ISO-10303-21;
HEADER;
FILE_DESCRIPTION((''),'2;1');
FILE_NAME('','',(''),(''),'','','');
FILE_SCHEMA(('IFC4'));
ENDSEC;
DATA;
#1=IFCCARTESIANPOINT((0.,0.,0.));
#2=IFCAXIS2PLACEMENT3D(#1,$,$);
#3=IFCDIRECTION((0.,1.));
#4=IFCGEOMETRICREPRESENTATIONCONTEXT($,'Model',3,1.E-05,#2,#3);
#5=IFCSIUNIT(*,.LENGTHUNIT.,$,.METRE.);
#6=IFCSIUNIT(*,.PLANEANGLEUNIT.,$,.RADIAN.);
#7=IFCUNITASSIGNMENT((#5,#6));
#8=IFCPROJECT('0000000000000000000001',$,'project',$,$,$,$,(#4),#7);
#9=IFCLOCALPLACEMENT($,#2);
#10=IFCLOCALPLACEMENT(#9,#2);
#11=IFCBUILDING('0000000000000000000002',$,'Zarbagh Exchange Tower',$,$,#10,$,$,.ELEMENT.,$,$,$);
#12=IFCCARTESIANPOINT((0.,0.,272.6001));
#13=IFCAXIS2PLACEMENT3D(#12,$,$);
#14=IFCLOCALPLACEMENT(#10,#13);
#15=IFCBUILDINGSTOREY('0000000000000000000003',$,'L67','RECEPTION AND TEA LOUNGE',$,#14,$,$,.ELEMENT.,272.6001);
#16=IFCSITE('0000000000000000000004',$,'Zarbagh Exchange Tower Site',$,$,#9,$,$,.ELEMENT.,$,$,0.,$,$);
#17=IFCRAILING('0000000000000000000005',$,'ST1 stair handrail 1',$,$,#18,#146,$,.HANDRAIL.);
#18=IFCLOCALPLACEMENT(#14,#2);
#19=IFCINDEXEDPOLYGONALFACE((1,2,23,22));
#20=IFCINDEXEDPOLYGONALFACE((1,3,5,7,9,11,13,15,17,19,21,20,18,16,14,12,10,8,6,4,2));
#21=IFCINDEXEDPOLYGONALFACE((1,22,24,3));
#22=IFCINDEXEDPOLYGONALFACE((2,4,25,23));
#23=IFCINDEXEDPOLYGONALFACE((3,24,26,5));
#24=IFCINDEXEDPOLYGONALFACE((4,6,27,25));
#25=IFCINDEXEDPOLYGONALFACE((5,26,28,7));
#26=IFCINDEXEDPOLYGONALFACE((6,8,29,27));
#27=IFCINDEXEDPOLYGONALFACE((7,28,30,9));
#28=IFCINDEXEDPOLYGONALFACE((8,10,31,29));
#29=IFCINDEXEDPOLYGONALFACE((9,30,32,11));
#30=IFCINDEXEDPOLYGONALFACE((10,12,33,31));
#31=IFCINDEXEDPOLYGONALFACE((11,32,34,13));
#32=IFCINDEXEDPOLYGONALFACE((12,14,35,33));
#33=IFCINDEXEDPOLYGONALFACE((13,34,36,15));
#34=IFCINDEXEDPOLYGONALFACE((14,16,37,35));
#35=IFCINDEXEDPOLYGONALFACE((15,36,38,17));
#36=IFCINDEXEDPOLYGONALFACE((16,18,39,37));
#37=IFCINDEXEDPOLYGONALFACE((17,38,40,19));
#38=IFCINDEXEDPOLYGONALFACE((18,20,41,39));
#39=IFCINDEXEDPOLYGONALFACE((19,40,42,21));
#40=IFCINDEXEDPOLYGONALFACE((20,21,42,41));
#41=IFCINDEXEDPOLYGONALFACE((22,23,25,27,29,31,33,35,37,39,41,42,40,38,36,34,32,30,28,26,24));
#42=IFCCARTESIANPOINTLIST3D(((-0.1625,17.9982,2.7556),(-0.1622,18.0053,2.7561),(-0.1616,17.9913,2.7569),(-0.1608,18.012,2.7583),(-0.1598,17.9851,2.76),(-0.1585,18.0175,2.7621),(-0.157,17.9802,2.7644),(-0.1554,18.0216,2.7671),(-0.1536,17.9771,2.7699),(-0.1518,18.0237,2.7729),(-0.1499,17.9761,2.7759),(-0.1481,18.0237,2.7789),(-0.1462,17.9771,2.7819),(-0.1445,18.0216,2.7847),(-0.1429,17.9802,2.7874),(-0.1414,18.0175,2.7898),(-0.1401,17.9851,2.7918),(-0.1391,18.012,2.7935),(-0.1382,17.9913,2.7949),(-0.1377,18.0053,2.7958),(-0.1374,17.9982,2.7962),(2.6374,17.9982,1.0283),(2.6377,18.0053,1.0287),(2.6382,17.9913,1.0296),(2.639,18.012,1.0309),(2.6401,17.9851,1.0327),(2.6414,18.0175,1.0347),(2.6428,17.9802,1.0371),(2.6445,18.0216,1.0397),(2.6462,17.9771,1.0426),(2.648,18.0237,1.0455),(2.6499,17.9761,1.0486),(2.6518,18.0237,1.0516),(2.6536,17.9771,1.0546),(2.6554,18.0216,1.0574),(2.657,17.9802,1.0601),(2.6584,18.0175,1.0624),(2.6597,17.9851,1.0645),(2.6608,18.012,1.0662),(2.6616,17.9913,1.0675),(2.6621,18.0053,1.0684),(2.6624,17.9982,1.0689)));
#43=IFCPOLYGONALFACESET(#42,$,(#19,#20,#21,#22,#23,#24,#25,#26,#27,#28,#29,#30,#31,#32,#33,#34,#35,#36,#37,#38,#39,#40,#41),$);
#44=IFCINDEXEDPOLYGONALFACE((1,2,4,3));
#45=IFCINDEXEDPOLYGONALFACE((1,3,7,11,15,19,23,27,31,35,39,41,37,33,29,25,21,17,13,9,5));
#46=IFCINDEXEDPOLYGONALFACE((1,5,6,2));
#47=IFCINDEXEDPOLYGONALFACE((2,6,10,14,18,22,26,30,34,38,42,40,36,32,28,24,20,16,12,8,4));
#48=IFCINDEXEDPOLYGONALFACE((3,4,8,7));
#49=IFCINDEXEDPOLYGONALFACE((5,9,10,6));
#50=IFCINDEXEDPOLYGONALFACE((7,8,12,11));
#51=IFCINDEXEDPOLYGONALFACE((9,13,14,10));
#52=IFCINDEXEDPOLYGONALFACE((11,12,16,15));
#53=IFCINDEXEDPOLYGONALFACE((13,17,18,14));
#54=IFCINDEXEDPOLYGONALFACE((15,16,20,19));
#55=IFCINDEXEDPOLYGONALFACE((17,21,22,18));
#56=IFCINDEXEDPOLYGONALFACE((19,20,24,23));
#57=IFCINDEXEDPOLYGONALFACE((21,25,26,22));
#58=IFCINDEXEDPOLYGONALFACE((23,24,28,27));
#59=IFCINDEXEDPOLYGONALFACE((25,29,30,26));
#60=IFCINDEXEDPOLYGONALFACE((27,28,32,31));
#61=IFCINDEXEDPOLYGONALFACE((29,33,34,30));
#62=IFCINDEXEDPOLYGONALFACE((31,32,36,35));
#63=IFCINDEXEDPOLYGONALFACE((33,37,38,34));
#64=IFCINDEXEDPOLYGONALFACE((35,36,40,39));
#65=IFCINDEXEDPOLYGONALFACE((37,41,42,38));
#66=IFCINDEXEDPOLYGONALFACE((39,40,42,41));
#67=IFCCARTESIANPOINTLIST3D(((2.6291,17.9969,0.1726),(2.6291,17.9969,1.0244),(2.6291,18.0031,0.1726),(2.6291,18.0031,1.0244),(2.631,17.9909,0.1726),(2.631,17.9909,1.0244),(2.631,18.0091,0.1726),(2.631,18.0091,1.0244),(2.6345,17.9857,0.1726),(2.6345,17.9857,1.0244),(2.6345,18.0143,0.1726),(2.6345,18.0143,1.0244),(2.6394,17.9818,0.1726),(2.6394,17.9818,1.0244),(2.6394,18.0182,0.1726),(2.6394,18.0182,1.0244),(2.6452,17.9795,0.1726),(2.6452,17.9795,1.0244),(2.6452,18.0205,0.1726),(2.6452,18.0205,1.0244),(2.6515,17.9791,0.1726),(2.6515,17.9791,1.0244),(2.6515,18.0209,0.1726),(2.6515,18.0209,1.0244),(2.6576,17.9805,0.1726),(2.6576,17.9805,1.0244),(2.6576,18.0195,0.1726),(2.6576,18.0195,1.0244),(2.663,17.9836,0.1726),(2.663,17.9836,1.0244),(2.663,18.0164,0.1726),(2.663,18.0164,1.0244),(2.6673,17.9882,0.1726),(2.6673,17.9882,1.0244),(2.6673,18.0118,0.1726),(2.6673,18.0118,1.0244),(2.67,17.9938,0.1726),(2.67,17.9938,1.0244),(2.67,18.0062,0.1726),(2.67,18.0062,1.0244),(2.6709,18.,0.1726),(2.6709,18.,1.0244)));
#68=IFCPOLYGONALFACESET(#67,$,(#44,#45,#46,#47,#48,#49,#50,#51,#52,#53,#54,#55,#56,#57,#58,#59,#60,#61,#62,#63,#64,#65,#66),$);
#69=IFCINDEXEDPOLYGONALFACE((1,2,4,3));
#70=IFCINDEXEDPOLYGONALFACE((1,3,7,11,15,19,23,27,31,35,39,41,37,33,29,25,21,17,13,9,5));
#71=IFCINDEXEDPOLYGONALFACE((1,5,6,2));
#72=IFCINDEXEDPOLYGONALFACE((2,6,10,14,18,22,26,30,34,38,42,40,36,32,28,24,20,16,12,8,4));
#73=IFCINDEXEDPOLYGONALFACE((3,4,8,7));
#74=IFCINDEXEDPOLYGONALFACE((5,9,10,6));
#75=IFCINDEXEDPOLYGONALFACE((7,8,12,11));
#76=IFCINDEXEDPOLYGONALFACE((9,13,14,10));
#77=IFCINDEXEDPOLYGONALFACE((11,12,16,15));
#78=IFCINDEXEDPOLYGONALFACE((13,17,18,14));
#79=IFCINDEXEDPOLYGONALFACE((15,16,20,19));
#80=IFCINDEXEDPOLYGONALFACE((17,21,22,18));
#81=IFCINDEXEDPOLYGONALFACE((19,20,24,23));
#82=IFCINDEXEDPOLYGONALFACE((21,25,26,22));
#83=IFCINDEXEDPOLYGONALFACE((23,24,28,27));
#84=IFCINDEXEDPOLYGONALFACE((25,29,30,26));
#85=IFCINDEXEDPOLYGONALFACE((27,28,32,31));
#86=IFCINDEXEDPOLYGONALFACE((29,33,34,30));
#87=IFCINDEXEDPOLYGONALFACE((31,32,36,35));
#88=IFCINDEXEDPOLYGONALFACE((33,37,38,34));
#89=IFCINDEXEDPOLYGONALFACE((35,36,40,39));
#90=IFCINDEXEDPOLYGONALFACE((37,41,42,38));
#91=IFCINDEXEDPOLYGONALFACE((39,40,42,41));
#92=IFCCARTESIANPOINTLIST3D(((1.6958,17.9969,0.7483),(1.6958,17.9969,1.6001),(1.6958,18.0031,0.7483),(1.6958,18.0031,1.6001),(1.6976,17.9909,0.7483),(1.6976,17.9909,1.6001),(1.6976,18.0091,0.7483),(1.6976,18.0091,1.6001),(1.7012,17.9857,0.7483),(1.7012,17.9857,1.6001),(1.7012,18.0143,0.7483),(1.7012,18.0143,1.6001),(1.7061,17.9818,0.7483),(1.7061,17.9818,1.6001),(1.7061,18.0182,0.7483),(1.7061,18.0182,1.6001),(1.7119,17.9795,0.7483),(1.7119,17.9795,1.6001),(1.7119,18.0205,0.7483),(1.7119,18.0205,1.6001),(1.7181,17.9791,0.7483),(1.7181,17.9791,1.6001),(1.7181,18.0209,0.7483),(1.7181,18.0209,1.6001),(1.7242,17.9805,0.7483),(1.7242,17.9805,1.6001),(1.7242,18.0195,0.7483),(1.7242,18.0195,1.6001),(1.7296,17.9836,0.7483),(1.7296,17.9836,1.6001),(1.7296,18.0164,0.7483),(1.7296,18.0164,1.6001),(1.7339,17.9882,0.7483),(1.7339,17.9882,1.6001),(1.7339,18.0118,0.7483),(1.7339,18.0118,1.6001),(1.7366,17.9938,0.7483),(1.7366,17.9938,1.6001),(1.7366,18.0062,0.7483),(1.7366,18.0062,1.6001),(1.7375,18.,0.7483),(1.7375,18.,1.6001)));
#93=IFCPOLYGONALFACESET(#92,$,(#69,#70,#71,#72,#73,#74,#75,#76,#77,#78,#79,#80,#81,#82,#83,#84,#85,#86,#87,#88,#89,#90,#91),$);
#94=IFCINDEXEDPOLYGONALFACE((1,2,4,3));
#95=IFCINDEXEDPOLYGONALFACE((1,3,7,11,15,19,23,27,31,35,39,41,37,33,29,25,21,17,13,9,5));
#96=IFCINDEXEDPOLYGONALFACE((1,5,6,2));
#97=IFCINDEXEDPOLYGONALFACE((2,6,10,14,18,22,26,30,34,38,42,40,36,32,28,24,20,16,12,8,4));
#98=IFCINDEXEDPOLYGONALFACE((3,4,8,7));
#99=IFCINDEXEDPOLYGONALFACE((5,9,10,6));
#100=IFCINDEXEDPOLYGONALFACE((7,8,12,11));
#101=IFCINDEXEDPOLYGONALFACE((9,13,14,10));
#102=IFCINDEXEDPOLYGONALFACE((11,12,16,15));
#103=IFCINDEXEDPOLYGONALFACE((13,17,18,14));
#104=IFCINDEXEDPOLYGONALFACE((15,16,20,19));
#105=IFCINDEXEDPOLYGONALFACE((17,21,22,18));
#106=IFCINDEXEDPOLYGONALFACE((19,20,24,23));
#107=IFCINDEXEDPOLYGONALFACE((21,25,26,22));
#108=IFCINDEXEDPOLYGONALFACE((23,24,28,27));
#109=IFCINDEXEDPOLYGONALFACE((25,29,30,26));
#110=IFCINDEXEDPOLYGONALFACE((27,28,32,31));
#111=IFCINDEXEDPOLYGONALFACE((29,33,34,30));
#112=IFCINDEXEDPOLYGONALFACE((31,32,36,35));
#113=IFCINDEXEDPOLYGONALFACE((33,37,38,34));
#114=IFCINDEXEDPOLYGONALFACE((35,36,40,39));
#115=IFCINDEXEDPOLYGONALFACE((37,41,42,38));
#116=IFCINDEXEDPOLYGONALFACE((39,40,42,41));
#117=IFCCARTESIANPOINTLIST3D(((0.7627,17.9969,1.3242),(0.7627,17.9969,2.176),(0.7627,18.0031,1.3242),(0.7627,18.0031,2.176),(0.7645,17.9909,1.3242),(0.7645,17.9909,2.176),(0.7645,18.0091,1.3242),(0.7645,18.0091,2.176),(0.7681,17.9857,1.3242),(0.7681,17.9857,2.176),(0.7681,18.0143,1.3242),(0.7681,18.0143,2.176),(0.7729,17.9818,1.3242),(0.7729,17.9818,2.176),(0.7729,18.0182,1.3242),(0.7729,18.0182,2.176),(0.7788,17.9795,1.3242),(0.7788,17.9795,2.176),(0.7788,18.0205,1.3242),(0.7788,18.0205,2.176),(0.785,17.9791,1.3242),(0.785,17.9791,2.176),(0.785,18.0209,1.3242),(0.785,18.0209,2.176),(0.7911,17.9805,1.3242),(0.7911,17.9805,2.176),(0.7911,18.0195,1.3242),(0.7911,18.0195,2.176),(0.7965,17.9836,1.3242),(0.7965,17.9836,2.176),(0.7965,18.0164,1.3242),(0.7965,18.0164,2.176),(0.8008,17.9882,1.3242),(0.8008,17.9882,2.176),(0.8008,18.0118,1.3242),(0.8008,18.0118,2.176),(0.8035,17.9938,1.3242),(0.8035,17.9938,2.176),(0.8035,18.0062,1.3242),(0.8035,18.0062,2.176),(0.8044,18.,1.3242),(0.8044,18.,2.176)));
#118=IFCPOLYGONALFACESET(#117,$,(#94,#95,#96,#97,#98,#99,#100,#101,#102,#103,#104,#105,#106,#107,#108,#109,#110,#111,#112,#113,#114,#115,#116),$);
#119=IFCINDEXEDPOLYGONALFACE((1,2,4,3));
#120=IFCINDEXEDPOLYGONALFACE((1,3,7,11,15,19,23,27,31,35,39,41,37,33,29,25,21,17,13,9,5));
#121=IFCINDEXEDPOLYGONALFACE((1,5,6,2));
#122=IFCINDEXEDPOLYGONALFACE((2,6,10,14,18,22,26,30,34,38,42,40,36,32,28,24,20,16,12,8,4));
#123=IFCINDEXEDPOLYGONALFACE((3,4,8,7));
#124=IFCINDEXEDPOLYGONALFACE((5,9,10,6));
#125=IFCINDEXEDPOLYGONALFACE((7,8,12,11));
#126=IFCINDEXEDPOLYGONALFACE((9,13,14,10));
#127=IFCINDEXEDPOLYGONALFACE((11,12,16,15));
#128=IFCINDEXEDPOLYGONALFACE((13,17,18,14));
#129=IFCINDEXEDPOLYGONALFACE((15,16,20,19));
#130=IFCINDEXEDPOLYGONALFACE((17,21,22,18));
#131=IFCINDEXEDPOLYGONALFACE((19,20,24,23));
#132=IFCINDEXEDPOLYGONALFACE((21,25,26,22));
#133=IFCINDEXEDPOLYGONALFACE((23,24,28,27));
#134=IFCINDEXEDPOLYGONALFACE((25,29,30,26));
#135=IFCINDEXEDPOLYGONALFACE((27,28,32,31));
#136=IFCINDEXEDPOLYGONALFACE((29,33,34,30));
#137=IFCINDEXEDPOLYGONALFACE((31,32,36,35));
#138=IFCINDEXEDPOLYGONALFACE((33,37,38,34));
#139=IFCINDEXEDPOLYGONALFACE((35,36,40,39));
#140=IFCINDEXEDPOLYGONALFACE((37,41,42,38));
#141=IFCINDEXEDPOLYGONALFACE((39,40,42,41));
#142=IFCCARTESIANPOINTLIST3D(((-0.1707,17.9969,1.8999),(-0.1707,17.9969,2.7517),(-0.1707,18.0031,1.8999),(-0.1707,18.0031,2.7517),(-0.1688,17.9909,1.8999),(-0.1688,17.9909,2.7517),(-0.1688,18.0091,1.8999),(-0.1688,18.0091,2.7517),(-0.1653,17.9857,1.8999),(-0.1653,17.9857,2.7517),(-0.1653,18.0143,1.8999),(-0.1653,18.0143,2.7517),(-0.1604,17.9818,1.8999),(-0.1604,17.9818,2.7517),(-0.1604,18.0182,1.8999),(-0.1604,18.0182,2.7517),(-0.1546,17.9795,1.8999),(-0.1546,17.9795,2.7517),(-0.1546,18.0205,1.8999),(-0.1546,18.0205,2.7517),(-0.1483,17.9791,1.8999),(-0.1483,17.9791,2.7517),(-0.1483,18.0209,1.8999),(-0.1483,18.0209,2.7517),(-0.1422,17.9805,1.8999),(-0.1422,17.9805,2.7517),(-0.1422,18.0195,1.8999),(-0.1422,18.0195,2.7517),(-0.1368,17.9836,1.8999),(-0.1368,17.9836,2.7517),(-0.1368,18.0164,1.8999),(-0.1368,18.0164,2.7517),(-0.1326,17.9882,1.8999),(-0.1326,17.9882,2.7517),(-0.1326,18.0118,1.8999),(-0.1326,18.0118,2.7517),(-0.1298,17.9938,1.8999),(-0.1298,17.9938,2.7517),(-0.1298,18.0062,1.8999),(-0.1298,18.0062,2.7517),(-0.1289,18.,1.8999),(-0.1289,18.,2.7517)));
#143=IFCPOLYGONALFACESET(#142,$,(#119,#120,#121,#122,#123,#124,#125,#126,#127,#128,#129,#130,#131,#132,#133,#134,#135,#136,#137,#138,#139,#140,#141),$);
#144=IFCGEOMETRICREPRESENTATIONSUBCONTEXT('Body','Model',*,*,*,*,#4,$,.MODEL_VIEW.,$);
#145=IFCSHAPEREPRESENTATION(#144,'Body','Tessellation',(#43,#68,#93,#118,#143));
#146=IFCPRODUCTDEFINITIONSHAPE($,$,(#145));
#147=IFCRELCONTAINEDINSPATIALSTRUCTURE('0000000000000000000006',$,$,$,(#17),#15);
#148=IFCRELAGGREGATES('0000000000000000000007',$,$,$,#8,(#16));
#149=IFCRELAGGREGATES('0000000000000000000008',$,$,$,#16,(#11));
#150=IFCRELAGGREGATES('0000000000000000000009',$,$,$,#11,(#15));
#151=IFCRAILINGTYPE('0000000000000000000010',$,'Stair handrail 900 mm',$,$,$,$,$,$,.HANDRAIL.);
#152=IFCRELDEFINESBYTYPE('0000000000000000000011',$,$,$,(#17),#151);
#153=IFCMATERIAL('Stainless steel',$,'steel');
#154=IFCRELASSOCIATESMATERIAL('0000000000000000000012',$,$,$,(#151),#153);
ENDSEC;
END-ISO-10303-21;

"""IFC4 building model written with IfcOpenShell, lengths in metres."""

from ifc_helpers import new_model, si_unit, direction, frame, origin, origin_2d, place, context, subcontext, project, spatial, circle, extrude, material, type_object, element, save


model = new_model("IFC4")

# Units and contexts
model_context = context("Model", 3, precision=1e-05, world=origin(), true_north=direction((0.0, 1.0)))
body_context = subcontext(model_context, "Body", "Model", "MODEL_VIEW")
ifc_project = project(units=[si_unit("LENGTHUNIT", "METRE"), si_unit("PLANEANGLEUNIT", "RADIAN")], contexts=[model_context])

# Site, building, storey
site_placement = place(None, origin())
site = spatial("IfcSite", under=ifc_project, at=site_placement, Name="Zarbagh Exchange Tower Site", CompositionType="ELEMENT", RefElevation=0.0)
building_placement = place(site_placement, origin())
building = spatial("IfcBuilding", under=site, at=building_placement, Name="Zarbagh Exchange Tower", CompositionType="ELEMENT")
storey_placement = place(building_placement, frame((0.0, 0.0, 272.6001)))
storey = spatial("IfcBuildingStorey", under=building, at=storey_placement, Name="L67", Description="RECEPTION AND TEA LOUNGE", CompositionType="ELEMENT", Elevation=272.6001)

# Shared definitions
ifc_material_1 = material(Name="Stainless steel", Category="steel")

# Railing
railing_type_1 = type_object("IfcRailingType", Name="Stair handrail 900 mm", PredefinedType="HANDRAIL", material=ifc_material_1)
railing_1_placement = place(storey_placement, frame((2.6499, 18.0, 0.1726)))
element("IfcRailing", 1, at=railing_1_placement, inside=storey, type_object=railing_type_1, Name="ST1 stair handrail 1", PredefinedType="HANDRAIL", context=body_context, shape_type="SweptSolid", body=[
    extrude(circle(Radius=0.0239, at=origin_2d()), frame((0.0, 0.0, 0.876), z_axis=(-0.851069, 0.0, 0.525054), x_axis=(0.0, -1.0, 0.0)), (0.0, 0.0, 1.0), 3.2898),
    extrude(circle(Radius=0.021, at=origin_2d()), origin(), (0.0, 0.0, 1.0), 0.8518),
    extrude(circle(Radius=0.021, at=origin_2d()), frame((-0.9333, 0.0, 0.5757)), (0.0, 0.0, 1.0), 0.8518),
    extrude(circle(Radius=0.021, at=origin_2d()), frame((-1.8665, 0.0, 1.1516)), (0.0, 0.0, 1.0), 0.8518),
    extrude(circle(Radius=0.021, at=origin_2d()), frame((-2.7998, 0.0, 1.7273)), (0.0, 0.0, 1.0), 0.8518),
])

save(model, "model.ifc")
